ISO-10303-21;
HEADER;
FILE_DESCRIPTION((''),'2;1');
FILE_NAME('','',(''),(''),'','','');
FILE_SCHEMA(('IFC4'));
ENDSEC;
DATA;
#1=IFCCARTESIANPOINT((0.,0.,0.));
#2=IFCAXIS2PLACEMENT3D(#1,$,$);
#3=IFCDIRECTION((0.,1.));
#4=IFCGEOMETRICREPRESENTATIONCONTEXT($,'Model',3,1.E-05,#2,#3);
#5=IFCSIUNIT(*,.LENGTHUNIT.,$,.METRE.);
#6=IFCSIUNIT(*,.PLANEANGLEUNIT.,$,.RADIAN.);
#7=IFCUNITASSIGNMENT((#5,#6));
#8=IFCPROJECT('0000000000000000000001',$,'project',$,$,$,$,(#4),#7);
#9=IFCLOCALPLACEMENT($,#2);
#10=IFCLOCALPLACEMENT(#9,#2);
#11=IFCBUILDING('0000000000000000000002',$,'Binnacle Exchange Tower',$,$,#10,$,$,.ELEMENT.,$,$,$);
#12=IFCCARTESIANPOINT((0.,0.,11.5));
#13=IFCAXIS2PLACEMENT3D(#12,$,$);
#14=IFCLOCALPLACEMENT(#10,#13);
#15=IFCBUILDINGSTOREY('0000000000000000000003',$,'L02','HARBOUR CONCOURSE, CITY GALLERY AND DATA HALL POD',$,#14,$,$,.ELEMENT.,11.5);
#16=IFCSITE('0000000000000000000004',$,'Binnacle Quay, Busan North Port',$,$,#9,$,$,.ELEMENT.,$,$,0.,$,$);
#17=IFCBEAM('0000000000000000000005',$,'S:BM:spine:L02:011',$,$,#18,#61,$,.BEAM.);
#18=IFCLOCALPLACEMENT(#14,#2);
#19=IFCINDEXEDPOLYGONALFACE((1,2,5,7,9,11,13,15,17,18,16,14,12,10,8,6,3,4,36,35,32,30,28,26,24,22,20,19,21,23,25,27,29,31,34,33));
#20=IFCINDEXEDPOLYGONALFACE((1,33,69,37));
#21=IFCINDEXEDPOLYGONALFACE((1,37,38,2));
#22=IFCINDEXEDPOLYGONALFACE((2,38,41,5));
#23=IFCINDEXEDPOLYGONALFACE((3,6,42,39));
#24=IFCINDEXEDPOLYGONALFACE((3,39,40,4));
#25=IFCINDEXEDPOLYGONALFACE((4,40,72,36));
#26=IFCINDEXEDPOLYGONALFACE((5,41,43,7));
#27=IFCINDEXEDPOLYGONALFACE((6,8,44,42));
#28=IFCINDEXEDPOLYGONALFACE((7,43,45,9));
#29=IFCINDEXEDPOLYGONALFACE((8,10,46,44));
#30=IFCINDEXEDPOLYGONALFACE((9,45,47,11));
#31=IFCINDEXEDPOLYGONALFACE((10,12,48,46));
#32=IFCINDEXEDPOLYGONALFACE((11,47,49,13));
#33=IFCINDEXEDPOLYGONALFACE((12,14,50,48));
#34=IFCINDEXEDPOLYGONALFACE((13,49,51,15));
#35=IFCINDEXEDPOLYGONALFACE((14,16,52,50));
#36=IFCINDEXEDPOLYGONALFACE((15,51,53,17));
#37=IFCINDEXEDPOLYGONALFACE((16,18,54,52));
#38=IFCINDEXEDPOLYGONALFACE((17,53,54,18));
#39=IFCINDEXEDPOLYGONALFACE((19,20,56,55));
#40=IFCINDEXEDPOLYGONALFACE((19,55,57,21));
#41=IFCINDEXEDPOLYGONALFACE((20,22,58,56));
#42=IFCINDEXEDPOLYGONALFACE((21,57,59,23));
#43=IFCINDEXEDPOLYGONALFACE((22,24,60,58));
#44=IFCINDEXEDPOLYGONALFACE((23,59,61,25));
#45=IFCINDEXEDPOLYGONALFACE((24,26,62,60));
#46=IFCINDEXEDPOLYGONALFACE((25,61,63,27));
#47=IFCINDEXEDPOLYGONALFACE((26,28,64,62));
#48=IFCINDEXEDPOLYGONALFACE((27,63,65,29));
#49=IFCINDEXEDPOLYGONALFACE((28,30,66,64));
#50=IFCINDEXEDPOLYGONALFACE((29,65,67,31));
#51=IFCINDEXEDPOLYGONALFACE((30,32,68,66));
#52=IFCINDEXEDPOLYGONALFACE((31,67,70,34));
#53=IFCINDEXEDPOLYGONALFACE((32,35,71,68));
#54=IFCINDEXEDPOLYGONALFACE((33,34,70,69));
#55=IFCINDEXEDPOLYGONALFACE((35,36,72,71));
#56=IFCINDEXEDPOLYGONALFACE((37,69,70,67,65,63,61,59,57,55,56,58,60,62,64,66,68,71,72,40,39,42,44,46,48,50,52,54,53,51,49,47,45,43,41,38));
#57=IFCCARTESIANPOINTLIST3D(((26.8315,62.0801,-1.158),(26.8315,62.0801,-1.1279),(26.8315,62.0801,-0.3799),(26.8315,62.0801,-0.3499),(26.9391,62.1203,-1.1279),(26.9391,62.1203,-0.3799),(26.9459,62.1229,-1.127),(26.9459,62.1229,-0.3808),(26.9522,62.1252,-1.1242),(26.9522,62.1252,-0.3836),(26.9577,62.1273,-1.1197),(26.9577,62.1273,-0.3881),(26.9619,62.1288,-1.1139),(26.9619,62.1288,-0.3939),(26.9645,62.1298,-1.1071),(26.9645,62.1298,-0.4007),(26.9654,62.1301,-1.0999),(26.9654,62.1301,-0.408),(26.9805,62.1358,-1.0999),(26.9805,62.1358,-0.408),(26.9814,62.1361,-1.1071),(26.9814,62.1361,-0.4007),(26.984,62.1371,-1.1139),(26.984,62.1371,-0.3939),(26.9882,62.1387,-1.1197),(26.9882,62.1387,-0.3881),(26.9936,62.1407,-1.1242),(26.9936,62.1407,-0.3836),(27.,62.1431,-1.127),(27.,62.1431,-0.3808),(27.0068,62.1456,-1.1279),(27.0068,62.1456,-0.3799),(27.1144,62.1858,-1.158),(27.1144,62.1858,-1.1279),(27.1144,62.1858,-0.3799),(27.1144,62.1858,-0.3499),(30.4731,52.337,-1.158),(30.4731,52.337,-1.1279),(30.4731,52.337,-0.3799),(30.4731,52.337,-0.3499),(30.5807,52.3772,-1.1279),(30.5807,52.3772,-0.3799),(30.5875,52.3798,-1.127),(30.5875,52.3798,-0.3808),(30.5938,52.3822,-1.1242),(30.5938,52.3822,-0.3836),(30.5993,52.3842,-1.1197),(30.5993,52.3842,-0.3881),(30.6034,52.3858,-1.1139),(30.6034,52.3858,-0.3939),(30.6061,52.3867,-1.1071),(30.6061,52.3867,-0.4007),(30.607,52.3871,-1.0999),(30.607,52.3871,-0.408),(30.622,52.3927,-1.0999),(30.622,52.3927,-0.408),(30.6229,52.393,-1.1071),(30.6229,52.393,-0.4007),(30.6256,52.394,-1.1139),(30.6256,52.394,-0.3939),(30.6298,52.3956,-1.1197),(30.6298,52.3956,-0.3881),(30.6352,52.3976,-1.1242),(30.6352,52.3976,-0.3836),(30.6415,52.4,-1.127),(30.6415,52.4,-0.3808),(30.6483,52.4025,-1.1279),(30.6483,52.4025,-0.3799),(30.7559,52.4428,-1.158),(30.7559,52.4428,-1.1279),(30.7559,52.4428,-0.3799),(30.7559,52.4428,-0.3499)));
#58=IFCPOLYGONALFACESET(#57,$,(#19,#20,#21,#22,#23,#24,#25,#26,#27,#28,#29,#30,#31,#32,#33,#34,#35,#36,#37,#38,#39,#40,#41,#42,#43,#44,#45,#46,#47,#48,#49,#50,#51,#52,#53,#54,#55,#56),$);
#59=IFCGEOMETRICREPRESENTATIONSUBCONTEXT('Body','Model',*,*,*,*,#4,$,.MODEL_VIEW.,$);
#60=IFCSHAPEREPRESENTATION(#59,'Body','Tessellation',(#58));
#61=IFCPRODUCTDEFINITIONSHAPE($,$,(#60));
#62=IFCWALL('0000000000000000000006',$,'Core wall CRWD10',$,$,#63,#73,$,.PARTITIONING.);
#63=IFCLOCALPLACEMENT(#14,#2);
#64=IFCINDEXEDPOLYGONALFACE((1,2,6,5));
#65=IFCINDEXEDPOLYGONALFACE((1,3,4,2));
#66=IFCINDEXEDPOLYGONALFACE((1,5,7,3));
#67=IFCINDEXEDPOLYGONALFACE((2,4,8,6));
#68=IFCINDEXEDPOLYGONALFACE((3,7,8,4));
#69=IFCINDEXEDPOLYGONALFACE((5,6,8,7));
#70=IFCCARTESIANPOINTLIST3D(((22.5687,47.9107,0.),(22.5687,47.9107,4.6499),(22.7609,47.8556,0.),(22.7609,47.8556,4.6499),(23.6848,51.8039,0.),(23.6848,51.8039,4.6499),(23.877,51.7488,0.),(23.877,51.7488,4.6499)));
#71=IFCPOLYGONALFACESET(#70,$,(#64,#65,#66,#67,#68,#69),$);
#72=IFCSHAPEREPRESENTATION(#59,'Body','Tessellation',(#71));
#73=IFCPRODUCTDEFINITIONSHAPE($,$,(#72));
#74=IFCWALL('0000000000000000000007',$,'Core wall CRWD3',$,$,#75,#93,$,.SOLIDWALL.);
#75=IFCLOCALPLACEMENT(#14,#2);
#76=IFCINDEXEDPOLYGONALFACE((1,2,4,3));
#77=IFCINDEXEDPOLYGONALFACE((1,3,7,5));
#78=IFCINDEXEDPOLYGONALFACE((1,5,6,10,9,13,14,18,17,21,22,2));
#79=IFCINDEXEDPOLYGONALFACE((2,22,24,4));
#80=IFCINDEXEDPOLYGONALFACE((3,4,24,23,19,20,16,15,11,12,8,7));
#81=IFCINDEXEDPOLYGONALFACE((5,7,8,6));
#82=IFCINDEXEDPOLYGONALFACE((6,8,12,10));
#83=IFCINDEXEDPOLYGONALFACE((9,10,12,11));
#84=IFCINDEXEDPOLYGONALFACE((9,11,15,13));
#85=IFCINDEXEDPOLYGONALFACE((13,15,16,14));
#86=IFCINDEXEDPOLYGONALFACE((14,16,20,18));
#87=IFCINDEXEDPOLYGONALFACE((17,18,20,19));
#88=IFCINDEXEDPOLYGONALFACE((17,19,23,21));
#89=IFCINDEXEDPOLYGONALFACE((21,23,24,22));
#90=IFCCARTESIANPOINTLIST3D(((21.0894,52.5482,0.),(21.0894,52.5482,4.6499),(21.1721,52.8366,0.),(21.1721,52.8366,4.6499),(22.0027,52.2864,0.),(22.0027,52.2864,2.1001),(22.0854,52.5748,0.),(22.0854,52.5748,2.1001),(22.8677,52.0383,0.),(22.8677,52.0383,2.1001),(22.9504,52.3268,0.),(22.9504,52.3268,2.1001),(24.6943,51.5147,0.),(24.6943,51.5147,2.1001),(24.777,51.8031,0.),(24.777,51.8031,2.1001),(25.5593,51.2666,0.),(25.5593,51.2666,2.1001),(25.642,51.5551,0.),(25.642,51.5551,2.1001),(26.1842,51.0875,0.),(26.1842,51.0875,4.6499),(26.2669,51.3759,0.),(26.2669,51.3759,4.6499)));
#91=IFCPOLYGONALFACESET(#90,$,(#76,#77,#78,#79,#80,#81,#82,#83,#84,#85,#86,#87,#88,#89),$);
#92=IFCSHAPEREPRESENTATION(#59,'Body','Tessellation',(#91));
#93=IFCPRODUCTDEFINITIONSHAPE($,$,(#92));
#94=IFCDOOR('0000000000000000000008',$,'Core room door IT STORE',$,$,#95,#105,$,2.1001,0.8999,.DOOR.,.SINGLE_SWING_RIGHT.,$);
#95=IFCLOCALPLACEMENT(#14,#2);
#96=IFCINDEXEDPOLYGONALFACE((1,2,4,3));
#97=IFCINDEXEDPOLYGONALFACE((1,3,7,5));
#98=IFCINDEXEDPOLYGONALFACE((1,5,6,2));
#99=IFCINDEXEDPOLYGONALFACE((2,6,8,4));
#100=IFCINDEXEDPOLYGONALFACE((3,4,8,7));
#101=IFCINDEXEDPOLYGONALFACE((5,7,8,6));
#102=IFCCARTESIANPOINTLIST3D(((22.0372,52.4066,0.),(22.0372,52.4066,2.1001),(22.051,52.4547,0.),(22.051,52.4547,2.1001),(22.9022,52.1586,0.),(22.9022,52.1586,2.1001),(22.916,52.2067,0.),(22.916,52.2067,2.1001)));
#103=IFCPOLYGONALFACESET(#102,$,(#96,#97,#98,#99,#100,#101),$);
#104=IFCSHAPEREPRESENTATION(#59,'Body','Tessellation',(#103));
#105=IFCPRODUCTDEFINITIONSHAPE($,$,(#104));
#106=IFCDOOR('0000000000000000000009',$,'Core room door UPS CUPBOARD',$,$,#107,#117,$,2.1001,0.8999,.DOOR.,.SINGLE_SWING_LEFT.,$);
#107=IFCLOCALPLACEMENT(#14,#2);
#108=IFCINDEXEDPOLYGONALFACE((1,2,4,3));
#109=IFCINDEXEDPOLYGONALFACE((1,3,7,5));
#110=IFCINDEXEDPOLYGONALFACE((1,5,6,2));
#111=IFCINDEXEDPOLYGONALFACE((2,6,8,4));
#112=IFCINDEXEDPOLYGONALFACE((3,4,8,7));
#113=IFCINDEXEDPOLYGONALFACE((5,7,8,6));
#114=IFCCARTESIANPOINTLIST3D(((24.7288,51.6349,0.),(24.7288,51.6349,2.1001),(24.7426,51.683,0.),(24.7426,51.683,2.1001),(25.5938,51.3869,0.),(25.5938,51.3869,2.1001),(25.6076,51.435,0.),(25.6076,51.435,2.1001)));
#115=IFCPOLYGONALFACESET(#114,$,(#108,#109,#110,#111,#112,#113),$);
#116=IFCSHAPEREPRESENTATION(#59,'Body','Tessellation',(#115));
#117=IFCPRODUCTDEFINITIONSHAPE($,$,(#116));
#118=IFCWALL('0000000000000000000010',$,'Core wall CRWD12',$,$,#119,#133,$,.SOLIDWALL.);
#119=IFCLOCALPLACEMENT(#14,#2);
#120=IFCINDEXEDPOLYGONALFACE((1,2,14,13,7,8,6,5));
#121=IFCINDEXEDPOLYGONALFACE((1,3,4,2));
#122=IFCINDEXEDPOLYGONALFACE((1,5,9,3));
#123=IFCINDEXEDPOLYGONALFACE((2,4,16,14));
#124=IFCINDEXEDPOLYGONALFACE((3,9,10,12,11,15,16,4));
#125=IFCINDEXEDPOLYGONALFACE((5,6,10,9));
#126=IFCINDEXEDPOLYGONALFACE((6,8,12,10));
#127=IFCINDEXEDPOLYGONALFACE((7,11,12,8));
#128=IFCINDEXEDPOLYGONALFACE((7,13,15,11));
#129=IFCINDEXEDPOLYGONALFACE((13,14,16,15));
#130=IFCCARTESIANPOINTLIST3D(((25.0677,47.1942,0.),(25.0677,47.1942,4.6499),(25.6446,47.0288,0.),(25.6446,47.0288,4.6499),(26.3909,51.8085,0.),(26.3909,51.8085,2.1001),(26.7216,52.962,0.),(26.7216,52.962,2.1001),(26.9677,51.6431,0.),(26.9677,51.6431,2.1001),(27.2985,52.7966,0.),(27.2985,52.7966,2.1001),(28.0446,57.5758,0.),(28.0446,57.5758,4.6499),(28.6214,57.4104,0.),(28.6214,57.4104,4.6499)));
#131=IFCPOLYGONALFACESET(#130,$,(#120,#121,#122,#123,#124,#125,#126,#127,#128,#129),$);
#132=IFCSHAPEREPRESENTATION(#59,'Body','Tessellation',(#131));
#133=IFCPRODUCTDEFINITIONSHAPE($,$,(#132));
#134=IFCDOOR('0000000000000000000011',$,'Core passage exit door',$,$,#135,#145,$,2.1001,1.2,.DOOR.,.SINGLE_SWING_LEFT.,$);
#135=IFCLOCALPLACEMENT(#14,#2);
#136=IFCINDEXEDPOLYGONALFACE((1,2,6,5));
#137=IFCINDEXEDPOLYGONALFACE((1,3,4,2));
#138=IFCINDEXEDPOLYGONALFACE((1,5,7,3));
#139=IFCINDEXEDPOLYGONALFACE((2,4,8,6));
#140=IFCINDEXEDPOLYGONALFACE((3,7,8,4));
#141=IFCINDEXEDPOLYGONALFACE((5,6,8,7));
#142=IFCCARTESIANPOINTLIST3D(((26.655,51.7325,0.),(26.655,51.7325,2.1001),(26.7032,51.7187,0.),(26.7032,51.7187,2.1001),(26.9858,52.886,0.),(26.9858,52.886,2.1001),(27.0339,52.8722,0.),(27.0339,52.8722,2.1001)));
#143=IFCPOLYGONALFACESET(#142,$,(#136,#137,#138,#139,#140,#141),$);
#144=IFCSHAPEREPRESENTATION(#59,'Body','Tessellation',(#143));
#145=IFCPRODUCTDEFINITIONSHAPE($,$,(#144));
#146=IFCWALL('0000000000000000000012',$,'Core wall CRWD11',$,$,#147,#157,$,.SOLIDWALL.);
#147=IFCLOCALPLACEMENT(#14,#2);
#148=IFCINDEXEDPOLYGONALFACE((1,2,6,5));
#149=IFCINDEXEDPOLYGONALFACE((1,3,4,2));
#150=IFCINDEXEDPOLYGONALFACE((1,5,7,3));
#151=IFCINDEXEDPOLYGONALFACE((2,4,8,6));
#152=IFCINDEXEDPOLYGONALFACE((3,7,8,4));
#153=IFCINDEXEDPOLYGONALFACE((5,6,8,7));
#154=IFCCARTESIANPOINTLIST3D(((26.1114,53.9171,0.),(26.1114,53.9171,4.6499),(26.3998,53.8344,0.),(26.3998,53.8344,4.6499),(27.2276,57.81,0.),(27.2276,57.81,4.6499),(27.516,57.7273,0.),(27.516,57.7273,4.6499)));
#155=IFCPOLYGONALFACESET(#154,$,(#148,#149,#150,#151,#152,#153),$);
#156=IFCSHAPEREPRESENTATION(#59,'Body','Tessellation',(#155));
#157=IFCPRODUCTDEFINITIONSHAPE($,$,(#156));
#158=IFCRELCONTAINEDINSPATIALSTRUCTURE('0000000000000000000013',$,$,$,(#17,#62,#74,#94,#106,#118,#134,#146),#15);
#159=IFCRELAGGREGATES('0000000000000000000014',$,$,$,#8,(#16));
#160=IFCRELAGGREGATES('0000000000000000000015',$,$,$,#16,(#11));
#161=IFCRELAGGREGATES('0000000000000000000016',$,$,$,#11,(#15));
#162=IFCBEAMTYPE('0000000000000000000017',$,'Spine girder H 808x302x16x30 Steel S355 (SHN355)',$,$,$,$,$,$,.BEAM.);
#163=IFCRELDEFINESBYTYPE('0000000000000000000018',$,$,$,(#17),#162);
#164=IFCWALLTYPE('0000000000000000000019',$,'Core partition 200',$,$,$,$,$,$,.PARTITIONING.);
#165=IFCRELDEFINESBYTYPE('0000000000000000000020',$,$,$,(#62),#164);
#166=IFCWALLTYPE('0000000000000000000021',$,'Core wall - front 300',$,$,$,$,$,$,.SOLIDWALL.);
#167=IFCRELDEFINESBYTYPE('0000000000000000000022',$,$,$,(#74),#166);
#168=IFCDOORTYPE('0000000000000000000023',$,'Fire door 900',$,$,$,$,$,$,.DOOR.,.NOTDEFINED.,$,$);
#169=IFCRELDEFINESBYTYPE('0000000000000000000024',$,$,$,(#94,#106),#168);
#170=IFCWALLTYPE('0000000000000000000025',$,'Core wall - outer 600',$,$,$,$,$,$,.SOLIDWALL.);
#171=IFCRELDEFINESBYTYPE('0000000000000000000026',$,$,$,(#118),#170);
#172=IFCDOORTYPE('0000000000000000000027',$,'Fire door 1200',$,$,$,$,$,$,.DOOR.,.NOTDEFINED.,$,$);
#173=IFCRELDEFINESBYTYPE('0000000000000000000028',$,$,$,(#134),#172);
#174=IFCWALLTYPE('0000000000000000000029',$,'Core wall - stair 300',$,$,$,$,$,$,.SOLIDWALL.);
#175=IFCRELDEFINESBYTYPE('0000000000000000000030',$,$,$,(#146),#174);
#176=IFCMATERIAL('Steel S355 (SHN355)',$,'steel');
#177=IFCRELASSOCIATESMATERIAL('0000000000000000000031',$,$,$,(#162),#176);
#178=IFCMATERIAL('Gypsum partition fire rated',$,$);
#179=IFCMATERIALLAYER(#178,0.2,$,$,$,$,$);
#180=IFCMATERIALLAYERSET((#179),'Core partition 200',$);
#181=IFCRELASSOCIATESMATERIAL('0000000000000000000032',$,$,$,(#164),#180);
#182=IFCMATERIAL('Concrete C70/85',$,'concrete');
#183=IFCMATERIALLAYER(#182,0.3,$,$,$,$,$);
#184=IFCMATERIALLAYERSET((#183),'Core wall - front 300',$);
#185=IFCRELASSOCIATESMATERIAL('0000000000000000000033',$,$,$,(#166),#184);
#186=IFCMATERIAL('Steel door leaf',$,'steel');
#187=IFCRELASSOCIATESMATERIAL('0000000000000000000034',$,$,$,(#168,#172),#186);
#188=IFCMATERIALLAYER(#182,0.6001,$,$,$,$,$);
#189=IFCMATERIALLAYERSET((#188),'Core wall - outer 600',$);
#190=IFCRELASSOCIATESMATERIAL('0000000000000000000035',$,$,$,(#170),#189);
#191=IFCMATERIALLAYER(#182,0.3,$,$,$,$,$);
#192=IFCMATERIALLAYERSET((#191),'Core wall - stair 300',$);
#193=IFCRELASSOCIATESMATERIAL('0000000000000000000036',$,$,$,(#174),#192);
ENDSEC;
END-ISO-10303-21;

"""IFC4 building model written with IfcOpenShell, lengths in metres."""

from ifc_helpers import new_model, si_unit, direction, frame, frame_2d, origin, origin_2d, place, context, subcontext, project, spatial, rectangle, i_section, extrude, material, layer, layer_set, material_profile, profile_set, type_object, element, fill, save


model = new_model("IFC4")

# Units and contexts
model_context = context("Model", 3, precision=1e-05, world=origin(), true_north=direction((0.0, 1.0)))
body_context = subcontext(model_context, "Body", "Model", "MODEL_VIEW")
ifc_project = project(units=[si_unit("LENGTHUNIT", "METRE"), si_unit("PLANEANGLEUNIT", "RADIAN")], contexts=[model_context])

# Site, building, storey
site_placement = place(None, origin())
site = spatial("IfcSite", under=ifc_project, at=site_placement, Name="Binnacle Quay, Busan North Port", CompositionType="ELEMENT", RefElevation=0.0)
building_placement = place(site_placement, origin())
building = spatial("IfcBuilding", under=site, at=building_placement, Name="Binnacle Exchange Tower", CompositionType="ELEMENT")
storey_placement = place(building_placement, frame((0.0, 0.0, 11.5)))
storey = spatial("IfcBuildingStorey", under=building, at=storey_placement, Name="L02", Description="HARBOUR CONCOURSE, CITY GALLERY AND DATA HALL POD", CompositionType="ELEMENT", Elevation=11.5)

# Shared definitions
ifc_material_1 = material(Name="Concrete C70/85", Category="concrete")

# Beam
ifc_material_2 = material(Name="Steel S355 (SHN355)", Category="steel")
ifc_material_profile_1 = material_profile(ifc_material_2, i_section(OverallWidth=0.302, OverallDepth=0.8081, WebThickness=0.0161, FlangeThickness=0.03, FilletRadius=0.0281, at=origin_2d()), Name="H 808x302x16x30")
ifc_profile_set_1 = profile_set([ifc_material_profile_1], Name="Steel S355 (SHN355)")
beam_type_1 = type_object("IfcBeamType", Name="Spine girder H 808x302x16x30 Steel S355 (SHN355)", PredefinedType="BEAM", material=ifc_profile_set_1)
beam_1_placement = place(storey_placement, frame((30.6145, 52.3899, -0.7539), z_axis=(-0.350105, 0.936711, 0.0), x_axis=(-0.936711, -0.350105, 0.0)))
element("IfcBeam", 1, at=beam_1_placement, inside=storey, type_object=beam_type_1, Name="S:BM:spine:L02:011", PredefinedType="BEAM", context=body_context, shape_type="SweptSolid", body=[
    extrude(i_section(OverallWidth=0.302, OverallDepth=0.8081, WebThickness=0.0161, FlangeThickness=0.03, FilletRadius=0.0281, at=origin_2d()), origin(), (0.0, 0.0, 1.0), 10.4014),
])

# Wall
ifc_material_3 = material(Name="Gypsum partition fire rated")
ifc_layer_1 = layer(ifc_material_3, 0.2)
ifc_layer_set_1 = layer_set([ifc_layer_1], Name="Core partition 200")
wall_type_1 = type_object("IfcWallType", Name="Core partition 200", PredefinedType="PARTITIONING", material=ifc_layer_set_1)
wall_1_placement = place(storey_placement, frame((22.6648, 47.8833, 0.0), z_axis=(0.0, 0.0, 1.0), x_axis=(0.275597, 0.961273, 0.0)))
element("IfcWall", 2, at=wall_1_placement, inside=storey, type_object=wall_type_1, Name="Core wall CRWD10", PredefinedType="PARTITIONING", context=body_context, shape_type="SweptSolid", body=[
    extrude(rectangle(XDim=4.05, YDim=0.2, at=frame_2d((2.0249, 0.0))), origin(), (0.0, 0.0, 1.0), 4.6499),
])

# Wall, openings, doors
ifc_layer_2 = layer(ifc_material_1, 0.3)
ifc_layer_set_2 = layer_set([ifc_layer_2], Name="Core wall - front 300")
wall_type_2 = type_object("IfcWallType", Name="Core wall - front 300", PredefinedType="SOLIDWALL", material=ifc_layer_set_2)
wall_2_placement = place(storey_placement, frame((21.1309, 52.6924, 0.0), z_axis=(0.0, 0.0, 1.0), x_axis=(0.961271, -0.275603, 0.0)))
wall_2 = element("IfcWall", 3, at=wall_2_placement, inside=storey, type_object=wall_type_2, Name="Core wall CRWD3", PredefinedType="SOLIDWALL", context=body_context, shape_type="SweptSolid", body=[
    extrude(rectangle(XDim=5.3, YDim=0.3, at=frame_2d((2.6499, 0.0))), origin(), (0.0, 0.0, 1.0), 4.6499),
])
opening_1_placement = place(wall_2_placement, frame((0.95, 0.0, 0.0)))
opening_1 = element("IfcOpeningElement", 4, at=opening_1_placement, cuts=wall_2, PredefinedType="OPENING", context=body_context, shape_type="SweptSolid", body=[
    extrude(rectangle(XDim=0.8999, YDim=2.1001, at=frame_2d((0.45, 1.05))), frame((0.0, 0.1599, 0.0), z_axis=(0.0, -1.0, 0.0), x_axis=(1.0, 0.0, 0.0)), (0.0, 0.0, 1.0), 0.3201),
])
opening_2_placement = place(wall_2_placement, frame((3.75, 0.0, 0.0)))
opening_2 = element("IfcOpeningElement", 5, at=opening_2_placement, cuts=wall_2, PredefinedType="OPENING", context=body_context, shape_type="SweptSolid", body=[
    extrude(rectangle(XDim=0.8999, YDim=2.1001, at=frame_2d((0.45, 1.05))), frame((0.0, 0.1599, 0.0), z_axis=(0.0, -1.0, 0.0), x_axis=(1.0, 0.0, 0.0)), (0.0, 0.0, 1.0), 0.3201),
])
ifc_material_4 = material(Name="Steel door leaf", Category="steel")
door_type_1 = type_object("IfcDoorType", Name="Fire door 900", OperationType="NOTDEFINED", PredefinedType="DOOR", material=ifc_material_4)
door_1_placement = place(opening_1_placement, frame((0.8999, 0.0, 0.0), z_axis=(0.0, 0.0, 1.0), x_axis=(-1.0, 0.0, 0.0)))
door_1 = element("IfcDoor", 6, at=door_1_placement, inside=storey, type_object=door_type_1, Name="Core room door IT STORE", OperationType="SINGLE_SWING_RIGHT", OverallHeight=2.1001, OverallWidth=0.8999, PredefinedType="DOOR", context=body_context, shape_type="SweptSolid", body=[
    extrude(rectangle(XDim=0.8999, YDim=2.1001, at=frame_2d((0.45, 1.05))), frame((0.0, 0.0249, 0.0), z_axis=(0.0, -1.0, 0.0), x_axis=(1.0, 0.0, 0.0)), (0.0, 0.0, 1.0), 0.05),
])
fill(opening_1, door_1)
door_2_placement = place(opening_2_placement, frame((0.8999, 0.0, 0.0), z_axis=(0.0, 0.0, 1.0), x_axis=(-1.0, 0.0, 0.0)))
door_2 = element("IfcDoor", 7, at=door_2_placement, inside=storey, type_object=door_type_1, Name="Core room door UPS CUPBOARD", OperationType="SINGLE_SWING_LEFT", OverallHeight=2.1001, OverallWidth=0.8999, PredefinedType="DOOR", context=body_context, shape_type="SweptSolid", body=[
    extrude(rectangle(XDim=0.8999, YDim=2.1001, at=frame_2d((0.45, 1.05))), frame((0.0, 0.0249, 0.0), z_axis=(0.0, -1.0, 0.0), x_axis=(1.0, 0.0, 0.0)), (0.0, 0.0, 1.0), 0.05),
])
fill(opening_2, door_2)

# Wall, opening, door
ifc_layer_3 = layer(ifc_material_1, 0.6001)
ifc_layer_set_3 = layer_set([ifc_layer_3], Name="Core wall - outer 600")
wall_type_3 = type_object("IfcWallType", Name="Core wall - outer 600", PredefinedType="SOLIDWALL", material=ifc_layer_set_3)
wall_3_placement = place(storey_placement, frame((25.3562, 47.1116, 0.0), z_axis=(0.0, 0.0, 1.0), x_axis=(0.275632, 0.961263, 0.0)))
wall_3 = element("IfcWall", 8, at=wall_3_placement, inside=storey, type_object=wall_type_3, Name="Core wall CRWD12", PredefinedType="SOLIDWALL", context=body_context, shape_type="SweptSolid", body=[
    extrude(rectangle(XDim=10.8, YDim=0.6001, at=frame_2d((5.3999, 0.0))), origin(), (0.0, 0.0, 1.0), 4.6499),
])
opening_3_placement = place(wall_3_placement, frame((4.8, 0.0, 0.0)))
opening_3 = element("IfcOpeningElement", 9, at=opening_3_placement, cuts=wall_3, PredefinedType="OPENING", context=body_context, shape_type="SweptSolid", body=[
    extrude(rectangle(XDim=1.2, YDim=2.1001, at=frame_2d((0.6001, 1.05))), frame((0.0, 0.3101, 0.0), z_axis=(0.0, -1.0, 0.0), x_axis=(1.0, 0.0, 0.0)), (0.0, 0.0, 1.0), 0.6201),
])
door_type_2 = type_object("IfcDoorType", Name="Fire door 1200", OperationType="NOTDEFINED", PredefinedType="DOOR", material=ifc_material_4)
door_3_placement = place(opening_3_placement, frame((1.2, 0.0, 0.0), z_axis=(0.0, 0.0, 1.0), x_axis=(-1.0, 0.0, 0.0)))
door_3 = element("IfcDoor", 10, at=door_3_placement, inside=storey, type_object=door_type_2, Name="Core passage exit door", OperationType="SINGLE_SWING_LEFT", OverallHeight=2.1001, OverallWidth=1.2, PredefinedType="DOOR", context=body_context, shape_type="SweptSolid", body=[
    extrude(rectangle(XDim=1.2, YDim=2.1001, at=frame_2d((0.6001, 1.05))), frame((0.0, 0.0249, 0.0), z_axis=(0.0, -1.0, 0.0), x_axis=(1.0, 0.0, 0.0)), (0.0, 0.0, 1.0), 0.05),
])
fill(opening_3, door_3)

# Wall
ifc_layer_4 = layer(ifc_material_1, 0.3)
ifc_layer_set_4 = layer_set([ifc_layer_4], Name="Core wall - stair 300")
wall_type_4 = type_object("IfcWallType", Name="Core wall - stair 300", PredefinedType="SOLIDWALL", material=ifc_layer_set_4)
wall_4_placement = place(storey_placement, frame((26.2556, 53.8757, 0.0), z_axis=(0.0, 0.0, 1.0), x_axis=(0.275613, 0.961269, 0.0)))
element("IfcWall", 11, at=wall_4_placement, inside=storey, type_object=wall_type_4, Name="Core wall CRWD11", PredefinedType="SOLIDWALL", context=body_context, shape_type="SweptSolid", body=[
    extrude(rectangle(XDim=4.0498, YDim=0.3, at=frame_2d((2.0249, 0.0))), origin(), (0.0, 0.0, 1.0), 4.6499),
])

save(model, "model.ifc")
